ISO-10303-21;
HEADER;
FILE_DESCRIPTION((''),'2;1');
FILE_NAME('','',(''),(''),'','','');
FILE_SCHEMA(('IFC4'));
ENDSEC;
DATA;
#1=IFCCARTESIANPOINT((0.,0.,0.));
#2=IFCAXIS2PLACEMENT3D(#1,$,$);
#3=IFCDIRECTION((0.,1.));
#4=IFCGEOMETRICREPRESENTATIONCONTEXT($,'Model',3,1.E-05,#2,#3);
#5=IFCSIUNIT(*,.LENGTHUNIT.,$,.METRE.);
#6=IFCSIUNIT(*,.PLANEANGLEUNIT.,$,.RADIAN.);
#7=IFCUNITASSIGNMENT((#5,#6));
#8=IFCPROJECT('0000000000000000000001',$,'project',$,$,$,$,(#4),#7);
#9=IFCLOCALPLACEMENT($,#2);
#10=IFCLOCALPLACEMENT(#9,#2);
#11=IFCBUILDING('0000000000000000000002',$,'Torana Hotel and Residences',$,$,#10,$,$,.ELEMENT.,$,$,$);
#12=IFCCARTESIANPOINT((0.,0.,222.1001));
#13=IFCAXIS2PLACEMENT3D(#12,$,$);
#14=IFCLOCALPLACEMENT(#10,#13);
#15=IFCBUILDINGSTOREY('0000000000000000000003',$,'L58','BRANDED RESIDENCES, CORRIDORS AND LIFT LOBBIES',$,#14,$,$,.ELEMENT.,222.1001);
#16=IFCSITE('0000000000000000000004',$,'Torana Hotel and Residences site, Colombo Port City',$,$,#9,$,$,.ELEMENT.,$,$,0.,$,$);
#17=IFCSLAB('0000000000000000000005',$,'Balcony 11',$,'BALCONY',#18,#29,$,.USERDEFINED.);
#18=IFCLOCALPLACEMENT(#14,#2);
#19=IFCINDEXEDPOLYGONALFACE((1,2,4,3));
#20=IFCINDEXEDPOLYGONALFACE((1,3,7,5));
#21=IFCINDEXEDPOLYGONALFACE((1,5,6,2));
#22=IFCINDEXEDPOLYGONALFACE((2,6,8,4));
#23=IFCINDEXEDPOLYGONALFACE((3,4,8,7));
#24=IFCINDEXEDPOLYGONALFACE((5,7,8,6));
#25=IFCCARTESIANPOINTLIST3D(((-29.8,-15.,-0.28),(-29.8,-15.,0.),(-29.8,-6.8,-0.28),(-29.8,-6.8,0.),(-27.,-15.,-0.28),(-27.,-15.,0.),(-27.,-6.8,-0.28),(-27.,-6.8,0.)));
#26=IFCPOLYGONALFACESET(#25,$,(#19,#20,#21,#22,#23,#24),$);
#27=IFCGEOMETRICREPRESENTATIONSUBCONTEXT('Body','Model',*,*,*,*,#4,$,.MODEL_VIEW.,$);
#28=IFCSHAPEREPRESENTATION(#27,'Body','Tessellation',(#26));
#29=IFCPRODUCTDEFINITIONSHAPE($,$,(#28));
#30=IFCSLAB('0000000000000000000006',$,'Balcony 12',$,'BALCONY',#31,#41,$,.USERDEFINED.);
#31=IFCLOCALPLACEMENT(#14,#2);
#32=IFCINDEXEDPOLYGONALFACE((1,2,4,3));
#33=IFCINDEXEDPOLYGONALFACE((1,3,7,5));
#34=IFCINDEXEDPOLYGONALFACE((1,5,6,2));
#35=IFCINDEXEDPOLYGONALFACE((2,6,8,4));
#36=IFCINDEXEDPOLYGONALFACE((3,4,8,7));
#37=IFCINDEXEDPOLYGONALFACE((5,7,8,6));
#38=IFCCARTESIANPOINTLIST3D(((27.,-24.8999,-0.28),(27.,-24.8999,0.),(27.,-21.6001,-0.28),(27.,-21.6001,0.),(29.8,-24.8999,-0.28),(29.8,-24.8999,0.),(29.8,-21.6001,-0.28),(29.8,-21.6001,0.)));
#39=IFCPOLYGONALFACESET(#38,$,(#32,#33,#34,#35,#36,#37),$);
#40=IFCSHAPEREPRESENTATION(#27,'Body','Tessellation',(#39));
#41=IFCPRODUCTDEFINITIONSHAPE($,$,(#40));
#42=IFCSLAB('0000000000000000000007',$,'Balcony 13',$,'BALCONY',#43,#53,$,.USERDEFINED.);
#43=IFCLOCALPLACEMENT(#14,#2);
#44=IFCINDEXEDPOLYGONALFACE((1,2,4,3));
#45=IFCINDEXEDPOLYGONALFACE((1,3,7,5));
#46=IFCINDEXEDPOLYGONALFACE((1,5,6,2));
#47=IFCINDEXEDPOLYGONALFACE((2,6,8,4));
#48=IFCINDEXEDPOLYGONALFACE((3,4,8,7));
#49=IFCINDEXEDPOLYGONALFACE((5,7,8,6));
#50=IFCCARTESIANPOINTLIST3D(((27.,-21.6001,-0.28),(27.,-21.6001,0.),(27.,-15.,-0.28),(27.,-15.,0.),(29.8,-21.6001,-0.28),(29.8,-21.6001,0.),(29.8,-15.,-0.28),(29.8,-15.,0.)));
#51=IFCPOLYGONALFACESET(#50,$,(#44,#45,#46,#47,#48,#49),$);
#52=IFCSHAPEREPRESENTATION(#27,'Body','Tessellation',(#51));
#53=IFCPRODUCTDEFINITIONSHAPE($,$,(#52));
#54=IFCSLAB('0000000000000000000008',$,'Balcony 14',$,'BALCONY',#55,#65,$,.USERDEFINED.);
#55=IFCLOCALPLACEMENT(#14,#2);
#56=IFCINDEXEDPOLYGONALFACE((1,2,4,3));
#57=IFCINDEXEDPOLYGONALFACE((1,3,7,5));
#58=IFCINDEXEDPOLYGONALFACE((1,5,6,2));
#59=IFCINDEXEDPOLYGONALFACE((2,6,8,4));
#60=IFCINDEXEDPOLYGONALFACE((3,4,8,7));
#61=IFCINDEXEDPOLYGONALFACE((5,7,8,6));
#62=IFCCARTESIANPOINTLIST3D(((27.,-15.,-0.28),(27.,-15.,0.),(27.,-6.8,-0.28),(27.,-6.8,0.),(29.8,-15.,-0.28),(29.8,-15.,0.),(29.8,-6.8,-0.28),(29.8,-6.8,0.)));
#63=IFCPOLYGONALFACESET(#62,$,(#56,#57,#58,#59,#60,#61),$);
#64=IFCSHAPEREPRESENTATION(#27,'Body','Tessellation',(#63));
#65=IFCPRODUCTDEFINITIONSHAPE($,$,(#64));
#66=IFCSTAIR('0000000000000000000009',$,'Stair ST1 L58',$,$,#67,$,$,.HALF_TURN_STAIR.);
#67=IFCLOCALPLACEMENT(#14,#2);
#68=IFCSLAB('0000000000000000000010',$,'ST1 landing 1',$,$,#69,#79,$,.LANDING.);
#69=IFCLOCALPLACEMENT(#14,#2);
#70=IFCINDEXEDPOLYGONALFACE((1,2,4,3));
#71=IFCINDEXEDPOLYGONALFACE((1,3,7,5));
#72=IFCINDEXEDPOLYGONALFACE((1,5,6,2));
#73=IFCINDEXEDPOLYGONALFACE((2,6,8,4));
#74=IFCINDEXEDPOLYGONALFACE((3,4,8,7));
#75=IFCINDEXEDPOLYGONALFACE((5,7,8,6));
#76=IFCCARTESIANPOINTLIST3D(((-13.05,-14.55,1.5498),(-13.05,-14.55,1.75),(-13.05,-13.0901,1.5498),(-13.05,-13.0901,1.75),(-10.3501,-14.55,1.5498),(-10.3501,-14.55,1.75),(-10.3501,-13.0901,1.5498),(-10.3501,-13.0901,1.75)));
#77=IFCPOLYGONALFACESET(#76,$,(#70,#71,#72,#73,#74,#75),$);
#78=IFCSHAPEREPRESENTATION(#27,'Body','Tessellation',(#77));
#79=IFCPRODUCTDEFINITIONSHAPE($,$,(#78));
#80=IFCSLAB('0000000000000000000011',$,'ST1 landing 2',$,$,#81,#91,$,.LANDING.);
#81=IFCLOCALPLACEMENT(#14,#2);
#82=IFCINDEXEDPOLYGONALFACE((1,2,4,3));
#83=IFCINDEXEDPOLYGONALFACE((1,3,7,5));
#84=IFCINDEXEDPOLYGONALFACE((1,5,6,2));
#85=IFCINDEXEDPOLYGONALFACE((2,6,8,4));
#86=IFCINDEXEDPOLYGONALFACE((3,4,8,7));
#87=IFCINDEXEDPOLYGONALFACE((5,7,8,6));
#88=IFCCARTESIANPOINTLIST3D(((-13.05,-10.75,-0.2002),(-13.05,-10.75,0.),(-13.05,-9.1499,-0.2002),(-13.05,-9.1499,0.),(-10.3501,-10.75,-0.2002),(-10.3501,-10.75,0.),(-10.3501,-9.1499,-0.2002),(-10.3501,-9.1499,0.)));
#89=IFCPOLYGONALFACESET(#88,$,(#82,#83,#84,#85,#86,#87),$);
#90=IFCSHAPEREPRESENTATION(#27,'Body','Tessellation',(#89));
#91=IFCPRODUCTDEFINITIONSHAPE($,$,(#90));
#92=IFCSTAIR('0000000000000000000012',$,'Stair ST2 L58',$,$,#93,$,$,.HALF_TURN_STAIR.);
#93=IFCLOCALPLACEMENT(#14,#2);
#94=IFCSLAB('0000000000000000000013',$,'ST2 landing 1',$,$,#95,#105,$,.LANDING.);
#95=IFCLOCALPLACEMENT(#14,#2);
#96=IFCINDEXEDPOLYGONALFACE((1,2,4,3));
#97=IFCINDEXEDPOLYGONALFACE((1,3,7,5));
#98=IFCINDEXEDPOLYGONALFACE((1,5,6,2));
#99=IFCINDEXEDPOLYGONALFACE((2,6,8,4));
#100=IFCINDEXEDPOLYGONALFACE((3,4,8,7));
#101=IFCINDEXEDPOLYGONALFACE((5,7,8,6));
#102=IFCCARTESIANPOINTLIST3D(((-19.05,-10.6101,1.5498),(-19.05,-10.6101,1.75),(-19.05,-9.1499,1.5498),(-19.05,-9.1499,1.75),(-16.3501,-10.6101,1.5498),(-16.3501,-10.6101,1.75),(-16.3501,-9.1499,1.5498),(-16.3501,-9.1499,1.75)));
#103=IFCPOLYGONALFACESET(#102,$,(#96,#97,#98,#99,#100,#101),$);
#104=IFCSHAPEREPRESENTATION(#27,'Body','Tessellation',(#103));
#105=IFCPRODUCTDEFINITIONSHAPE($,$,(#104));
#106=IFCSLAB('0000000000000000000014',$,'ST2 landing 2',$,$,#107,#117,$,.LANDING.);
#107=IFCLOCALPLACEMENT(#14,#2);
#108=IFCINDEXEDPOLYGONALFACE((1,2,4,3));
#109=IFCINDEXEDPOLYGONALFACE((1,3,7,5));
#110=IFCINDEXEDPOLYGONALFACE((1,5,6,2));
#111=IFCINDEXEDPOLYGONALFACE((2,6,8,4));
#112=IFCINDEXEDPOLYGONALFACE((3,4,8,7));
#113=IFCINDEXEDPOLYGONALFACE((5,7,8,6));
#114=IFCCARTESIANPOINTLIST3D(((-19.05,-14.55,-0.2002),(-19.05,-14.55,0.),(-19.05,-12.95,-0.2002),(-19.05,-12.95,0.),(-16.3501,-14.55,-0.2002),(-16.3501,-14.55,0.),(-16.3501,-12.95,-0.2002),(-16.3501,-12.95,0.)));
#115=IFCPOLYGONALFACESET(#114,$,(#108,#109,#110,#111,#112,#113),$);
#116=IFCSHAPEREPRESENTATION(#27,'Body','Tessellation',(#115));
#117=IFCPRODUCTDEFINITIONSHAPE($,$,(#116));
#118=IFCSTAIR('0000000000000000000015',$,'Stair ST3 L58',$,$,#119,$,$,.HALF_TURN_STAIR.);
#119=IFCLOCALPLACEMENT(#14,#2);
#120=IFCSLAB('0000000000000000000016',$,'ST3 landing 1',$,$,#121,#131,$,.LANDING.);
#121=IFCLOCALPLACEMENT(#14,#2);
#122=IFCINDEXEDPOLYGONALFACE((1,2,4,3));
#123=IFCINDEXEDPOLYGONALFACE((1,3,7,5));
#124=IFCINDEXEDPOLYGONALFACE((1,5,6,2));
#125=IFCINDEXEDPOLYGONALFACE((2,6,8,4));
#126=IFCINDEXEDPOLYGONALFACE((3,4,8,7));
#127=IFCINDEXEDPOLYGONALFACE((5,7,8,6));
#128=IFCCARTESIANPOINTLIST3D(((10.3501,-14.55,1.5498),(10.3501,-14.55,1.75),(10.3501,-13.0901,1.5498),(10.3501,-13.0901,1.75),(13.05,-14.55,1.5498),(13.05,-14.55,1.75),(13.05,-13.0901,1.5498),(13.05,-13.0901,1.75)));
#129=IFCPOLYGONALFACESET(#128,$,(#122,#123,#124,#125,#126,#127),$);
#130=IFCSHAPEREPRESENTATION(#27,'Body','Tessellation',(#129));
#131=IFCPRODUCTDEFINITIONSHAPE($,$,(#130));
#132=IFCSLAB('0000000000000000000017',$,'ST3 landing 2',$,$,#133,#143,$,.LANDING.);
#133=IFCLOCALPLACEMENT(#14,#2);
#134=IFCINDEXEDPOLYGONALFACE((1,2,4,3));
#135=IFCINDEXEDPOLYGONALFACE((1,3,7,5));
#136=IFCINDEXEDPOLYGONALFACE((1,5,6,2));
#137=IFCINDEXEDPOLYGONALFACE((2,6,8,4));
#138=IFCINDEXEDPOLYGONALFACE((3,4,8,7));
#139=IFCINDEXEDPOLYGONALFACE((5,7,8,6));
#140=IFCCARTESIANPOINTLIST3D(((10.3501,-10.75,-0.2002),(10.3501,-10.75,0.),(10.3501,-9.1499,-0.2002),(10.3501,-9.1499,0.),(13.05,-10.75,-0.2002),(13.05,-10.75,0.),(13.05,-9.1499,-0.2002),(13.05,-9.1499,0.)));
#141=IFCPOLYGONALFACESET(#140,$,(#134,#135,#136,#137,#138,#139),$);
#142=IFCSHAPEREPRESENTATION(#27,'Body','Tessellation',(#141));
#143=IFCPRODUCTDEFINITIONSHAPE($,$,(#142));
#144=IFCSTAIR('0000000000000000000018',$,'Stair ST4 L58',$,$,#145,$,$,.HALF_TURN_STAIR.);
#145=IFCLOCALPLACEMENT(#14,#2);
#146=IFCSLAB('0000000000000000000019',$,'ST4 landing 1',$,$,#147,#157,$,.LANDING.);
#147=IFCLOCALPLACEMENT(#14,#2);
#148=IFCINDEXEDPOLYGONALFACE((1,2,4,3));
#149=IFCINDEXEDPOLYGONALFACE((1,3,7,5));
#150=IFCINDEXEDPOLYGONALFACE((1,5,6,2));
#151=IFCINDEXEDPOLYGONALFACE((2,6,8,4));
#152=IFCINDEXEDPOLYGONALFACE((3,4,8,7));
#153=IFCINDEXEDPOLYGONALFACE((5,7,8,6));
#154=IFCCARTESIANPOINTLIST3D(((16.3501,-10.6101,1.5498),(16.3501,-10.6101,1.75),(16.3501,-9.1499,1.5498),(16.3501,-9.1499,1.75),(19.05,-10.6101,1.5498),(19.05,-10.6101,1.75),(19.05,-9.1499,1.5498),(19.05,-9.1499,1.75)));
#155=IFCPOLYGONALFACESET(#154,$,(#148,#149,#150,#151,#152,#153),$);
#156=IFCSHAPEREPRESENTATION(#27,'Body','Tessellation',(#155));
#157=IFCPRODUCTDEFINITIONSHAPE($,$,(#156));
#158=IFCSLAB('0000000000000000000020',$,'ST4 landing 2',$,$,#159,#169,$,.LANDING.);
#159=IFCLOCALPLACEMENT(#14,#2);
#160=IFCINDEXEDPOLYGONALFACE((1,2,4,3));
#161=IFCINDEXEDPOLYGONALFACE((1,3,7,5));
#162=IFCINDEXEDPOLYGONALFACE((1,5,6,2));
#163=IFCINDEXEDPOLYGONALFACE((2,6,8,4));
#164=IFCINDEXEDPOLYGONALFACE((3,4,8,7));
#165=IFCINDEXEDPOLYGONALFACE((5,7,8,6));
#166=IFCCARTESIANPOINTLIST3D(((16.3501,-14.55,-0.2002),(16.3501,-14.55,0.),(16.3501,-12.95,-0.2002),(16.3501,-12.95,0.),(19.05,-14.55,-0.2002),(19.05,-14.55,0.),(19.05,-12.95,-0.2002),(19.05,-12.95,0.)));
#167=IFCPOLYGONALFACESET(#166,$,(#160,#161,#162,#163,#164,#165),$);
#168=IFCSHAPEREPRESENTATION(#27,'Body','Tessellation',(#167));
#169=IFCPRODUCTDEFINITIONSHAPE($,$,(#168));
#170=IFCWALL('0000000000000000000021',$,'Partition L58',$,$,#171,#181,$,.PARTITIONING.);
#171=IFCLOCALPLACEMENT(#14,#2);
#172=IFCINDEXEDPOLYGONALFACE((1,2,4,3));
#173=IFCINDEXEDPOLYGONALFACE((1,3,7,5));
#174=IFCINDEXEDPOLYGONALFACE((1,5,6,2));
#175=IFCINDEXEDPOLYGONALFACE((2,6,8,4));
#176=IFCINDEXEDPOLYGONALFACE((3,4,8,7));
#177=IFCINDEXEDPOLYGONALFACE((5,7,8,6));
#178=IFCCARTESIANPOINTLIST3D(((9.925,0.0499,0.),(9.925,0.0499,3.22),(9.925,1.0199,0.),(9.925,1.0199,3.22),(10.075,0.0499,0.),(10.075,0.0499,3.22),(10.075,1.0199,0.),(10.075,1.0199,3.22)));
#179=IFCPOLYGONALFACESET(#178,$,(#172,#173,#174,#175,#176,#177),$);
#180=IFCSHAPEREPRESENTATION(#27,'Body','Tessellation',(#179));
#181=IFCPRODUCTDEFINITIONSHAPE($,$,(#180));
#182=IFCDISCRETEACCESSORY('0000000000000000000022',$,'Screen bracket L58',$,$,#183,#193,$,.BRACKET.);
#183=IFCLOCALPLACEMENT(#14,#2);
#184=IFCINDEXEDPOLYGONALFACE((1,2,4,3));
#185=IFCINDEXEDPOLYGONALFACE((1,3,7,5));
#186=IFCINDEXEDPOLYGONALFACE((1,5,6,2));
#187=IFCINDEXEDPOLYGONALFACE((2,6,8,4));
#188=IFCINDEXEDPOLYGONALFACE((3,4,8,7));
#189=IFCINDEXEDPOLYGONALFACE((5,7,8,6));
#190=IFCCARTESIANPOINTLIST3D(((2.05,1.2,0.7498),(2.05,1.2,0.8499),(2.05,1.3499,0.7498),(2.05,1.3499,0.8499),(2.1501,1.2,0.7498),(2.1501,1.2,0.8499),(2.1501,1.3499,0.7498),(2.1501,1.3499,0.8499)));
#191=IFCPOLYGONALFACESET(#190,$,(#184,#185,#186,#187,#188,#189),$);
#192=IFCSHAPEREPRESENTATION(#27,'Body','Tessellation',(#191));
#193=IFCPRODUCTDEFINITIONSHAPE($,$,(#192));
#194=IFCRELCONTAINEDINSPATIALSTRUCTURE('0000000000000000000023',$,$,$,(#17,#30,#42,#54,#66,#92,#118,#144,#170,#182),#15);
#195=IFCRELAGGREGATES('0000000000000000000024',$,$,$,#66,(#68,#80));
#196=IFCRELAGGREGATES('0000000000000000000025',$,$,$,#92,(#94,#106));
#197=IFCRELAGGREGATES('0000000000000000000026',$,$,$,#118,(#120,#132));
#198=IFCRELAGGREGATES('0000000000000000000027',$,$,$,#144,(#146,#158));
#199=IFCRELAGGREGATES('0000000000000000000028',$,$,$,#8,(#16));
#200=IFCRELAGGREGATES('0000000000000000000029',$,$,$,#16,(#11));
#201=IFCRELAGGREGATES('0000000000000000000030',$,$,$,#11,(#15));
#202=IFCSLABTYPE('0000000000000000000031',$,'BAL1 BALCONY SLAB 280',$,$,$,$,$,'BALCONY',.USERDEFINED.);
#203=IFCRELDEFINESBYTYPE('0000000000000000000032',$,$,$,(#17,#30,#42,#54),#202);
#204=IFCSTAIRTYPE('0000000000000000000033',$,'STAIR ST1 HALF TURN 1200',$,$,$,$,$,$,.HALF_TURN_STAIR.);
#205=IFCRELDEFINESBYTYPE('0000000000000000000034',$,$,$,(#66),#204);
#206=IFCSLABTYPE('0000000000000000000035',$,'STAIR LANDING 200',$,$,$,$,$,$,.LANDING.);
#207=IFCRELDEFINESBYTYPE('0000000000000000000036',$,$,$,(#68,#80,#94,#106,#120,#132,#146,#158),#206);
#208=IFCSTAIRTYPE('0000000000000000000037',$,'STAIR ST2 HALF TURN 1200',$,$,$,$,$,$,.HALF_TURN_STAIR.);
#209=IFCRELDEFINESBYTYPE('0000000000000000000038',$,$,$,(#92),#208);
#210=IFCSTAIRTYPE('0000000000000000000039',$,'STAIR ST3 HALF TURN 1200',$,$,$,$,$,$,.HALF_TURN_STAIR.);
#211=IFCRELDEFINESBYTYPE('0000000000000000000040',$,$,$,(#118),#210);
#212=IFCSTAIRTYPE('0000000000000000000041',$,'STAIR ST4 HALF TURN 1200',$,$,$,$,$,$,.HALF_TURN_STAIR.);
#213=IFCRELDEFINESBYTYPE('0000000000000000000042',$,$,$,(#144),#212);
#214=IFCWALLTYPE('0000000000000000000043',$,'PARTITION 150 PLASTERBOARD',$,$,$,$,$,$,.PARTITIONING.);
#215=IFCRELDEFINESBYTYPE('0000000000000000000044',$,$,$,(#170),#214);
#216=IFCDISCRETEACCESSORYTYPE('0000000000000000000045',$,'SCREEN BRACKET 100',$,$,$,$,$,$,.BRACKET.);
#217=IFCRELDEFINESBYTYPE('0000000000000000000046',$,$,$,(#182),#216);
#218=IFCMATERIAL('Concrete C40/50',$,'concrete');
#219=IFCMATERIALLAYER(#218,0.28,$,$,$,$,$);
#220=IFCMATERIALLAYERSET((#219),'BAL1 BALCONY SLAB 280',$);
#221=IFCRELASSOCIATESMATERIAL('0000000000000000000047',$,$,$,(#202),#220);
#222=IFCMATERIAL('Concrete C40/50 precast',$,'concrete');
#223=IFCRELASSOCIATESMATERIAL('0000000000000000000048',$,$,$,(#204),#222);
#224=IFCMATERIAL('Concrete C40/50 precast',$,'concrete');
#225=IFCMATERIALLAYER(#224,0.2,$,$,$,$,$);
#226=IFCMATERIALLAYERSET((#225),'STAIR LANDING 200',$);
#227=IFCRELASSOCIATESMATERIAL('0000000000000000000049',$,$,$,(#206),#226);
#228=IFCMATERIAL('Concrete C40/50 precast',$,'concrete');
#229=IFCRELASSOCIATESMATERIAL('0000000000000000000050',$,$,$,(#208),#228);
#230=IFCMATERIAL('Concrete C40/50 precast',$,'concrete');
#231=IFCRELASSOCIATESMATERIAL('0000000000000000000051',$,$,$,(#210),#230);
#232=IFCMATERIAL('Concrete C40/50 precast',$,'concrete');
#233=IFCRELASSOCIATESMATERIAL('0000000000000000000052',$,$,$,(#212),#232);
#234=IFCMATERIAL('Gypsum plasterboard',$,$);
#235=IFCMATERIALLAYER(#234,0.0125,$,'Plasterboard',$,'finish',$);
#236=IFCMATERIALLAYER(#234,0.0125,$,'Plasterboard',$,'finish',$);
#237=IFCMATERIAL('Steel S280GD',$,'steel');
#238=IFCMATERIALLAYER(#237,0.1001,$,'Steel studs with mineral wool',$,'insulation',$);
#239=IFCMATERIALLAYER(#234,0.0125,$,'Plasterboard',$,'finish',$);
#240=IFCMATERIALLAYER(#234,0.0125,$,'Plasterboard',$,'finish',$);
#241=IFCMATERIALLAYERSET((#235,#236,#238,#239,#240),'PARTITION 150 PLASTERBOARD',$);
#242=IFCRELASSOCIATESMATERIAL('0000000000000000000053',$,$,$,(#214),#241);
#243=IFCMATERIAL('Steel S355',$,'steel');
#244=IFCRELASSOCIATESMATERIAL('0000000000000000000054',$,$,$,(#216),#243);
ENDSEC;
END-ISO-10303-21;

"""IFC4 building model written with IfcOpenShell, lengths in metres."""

from ifc_helpers import new_model, si_unit, direction, frame, frame_2d, origin, origin_2d, place, context, subcontext, project, spatial, polyline, rectangle, outline, extrude, material, layer, layer_set, type_object, element, aggregate, save


model = new_model("IFC4")

# Units and contexts
model_context = context("Model", 3, precision=1e-05, world=origin(), true_north=direction((0.0, 1.0)))
body_context = subcontext(model_context, "Body", "Model", "MODEL_VIEW")
ifc_project = project(units=[si_unit("LENGTHUNIT", "METRE"), si_unit("PLANEANGLEUNIT", "RADIAN")], contexts=[model_context])

# Site, building, storey
site_placement = place(None, origin())
site = spatial("IfcSite", under=ifc_project, at=site_placement, Name="Torana Hotel and Residences site, Colombo Port City", CompositionType="ELEMENT", RefElevation=0.0)
building_placement = place(site_placement, origin())
building = spatial("IfcBuilding", under=site, at=building_placement, Name="Torana Hotel and Residences", CompositionType="ELEMENT")
storey_placement = place(building_placement, frame((0.0, 0.0, 222.1001)))
storey = spatial("IfcBuildingStorey", under=building, at=storey_placement, Name="L58", Description="BRANDED RESIDENCES, CORRIDORS AND LIFT LOBBIES", CompositionType="ELEMENT", Elevation=222.1001)

# Slabs
ifc_material_1 = material(Name="Concrete C40/50", Category="concrete")
ifc_layer_1 = layer(ifc_material_1, 0.28)
ifc_layer_set_1 = layer_set([ifc_layer_1], Name="BAL1 BALCONY SLAB 280")
slab_type_1 = type_object("IfcSlabType", Name="BAL1 BALCONY SLAB 280", ElementType="BALCONY", PredefinedType="USERDEFINED", material=ifc_layer_set_1)
slab_1_placement = place(storey_placement, frame((0.0, 0.0, -0.28)))
element("IfcSlab", 1, at=slab_1_placement, inside=storey, type_object=slab_type_1, Name="Balcony 11", ObjectType="BALCONY", PredefinedType="USERDEFINED", context=body_context, shape_type="SweptSolid", body=[
    extrude(outline(polyline([(-29.8, -15.0), (-27.0, -15.0), (-27.0, -6.8), (-29.8, -6.8), (-29.8, -15.0)])), origin(), (0.0, 0.0, 1.0), 0.28),
])
slab_2_placement = place(storey_placement, frame((0.0, 0.0, -0.28)))
element("IfcSlab", 2, at=slab_2_placement, inside=storey, type_object=slab_type_1, Name="Balcony 12", ObjectType="BALCONY", PredefinedType="USERDEFINED", context=body_context, shape_type="SweptSolid", body=[
    extrude(outline(polyline([(27.0, -24.8999), (29.8, -24.8999), (29.8, -21.6001), (27.0, -21.6001), (27.0, -24.8999)])), origin(), (0.0, 0.0, 1.0), 0.28),
])
slab_3_placement = place(storey_placement, frame((0.0, 0.0, -0.28)))
element("IfcSlab", 3, at=slab_3_placement, inside=storey, type_object=slab_type_1, Name="Balcony 13", ObjectType="BALCONY", PredefinedType="USERDEFINED", context=body_context, shape_type="SweptSolid", body=[
    extrude(outline(polyline([(27.0, -21.6001), (29.8, -21.6001), (29.8, -15.0), (27.0, -15.0), (27.0, -21.6001)])), origin(), (0.0, 0.0, 1.0), 0.28),
])
slab_4_placement = place(storey_placement, frame((0.0, 0.0, -0.28)))
element("IfcSlab", 4, at=slab_4_placement, inside=storey, type_object=slab_type_1, Name="Balcony 14", ObjectType="BALCONY", PredefinedType="USERDEFINED", context=body_context, shape_type="SweptSolid", body=[
    extrude(outline(polyline([(27.0, -15.0), (29.8, -15.0), (29.8, -6.8), (27.0, -6.8), (27.0, -15.0)])), origin(), (0.0, 0.0, 1.0), 0.28),
])

# Stairs, slabs
ifc_material_2 = material(Name="Concrete C40/50 precast", Category="concrete")
stair_type_1 = type_object("IfcStairType", Name="STAIR ST1 HALF TURN 1200", PredefinedType="HALF_TURN_STAIR", material=ifc_material_2)
stair_1_placement = place(storey_placement, origin())
stair_1 = element("IfcStair", 5, at=stair_1_placement, inside=storey, type_object=stair_type_1, Name="Stair ST1 L58", PredefinedType="HALF_TURN_STAIR")
ifc_material_3 = material(Name="Concrete C40/50 precast", Category="concrete")
ifc_layer_2 = layer(ifc_material_3, 0.2)
ifc_layer_set_2 = layer_set([ifc_layer_2], Name="STAIR LANDING 200")
slab_type_2 = type_object("IfcSlabType", Name="STAIR LANDING 200", PredefinedType="LANDING", material=ifc_layer_set_2)
slab_5_placement = place(storey_placement, frame((0.0, 0.0, 1.5498)))
slab_5 = element("IfcSlab", 6, at=slab_5_placement, type_object=slab_type_2, Name="ST1 landing 1", PredefinedType="LANDING", context=body_context, shape_type="SweptSolid", body=[
    extrude(outline(polyline([(-13.05, -14.55), (-10.3501, -14.55), (-10.3501, -13.0901), (-13.05, -13.0901), (-13.05, -14.55)])), origin(), (0.0, 0.0, 1.0), 0.2002),
])
slab_6_placement = place(storey_placement, frame((0.0, 0.0, -0.2002)))
slab_6 = element("IfcSlab", 7, at=slab_6_placement, type_object=slab_type_2, Name="ST1 landing 2", PredefinedType="LANDING", context=body_context, shape_type="SweptSolid", body=[
    extrude(outline(polyline([(-13.05, -10.75), (-10.3501, -10.75), (-10.3501, -9.1499), (-13.05, -9.1499), (-13.05, -10.75)])), origin(), (0.0, 0.0, 1.0), 0.2002),
])
aggregate(stair_1, [slab_5, slab_6])
ifc_material_4 = material(Name="Concrete C40/50 precast", Category="concrete")
stair_type_2 = type_object("IfcStairType", Name="STAIR ST2 HALF TURN 1200", PredefinedType="HALF_TURN_STAIR", material=ifc_material_4)
stair_2_placement = place(storey_placement, origin())
stair_2 = element("IfcStair", 8, at=stair_2_placement, inside=storey, type_object=stair_type_2, Name="Stair ST2 L58", PredefinedType="HALF_TURN_STAIR")
slab_7_placement = place(storey_placement, frame((0.0, 0.0, 1.5498)))
slab_7 = element("IfcSlab", 9, at=slab_7_placement, type_object=slab_type_2, Name="ST2 landing 1", PredefinedType="LANDING", context=body_context, shape_type="SweptSolid", body=[
    extrude(outline(polyline([(-19.05, -10.6101), (-16.3501, -10.6101), (-16.3501, -9.1499), (-19.05, -9.1499), (-19.05, -10.6101)])), origin(), (0.0, 0.0, 1.0), 0.2002),
])
slab_8_placement = place(storey_placement, frame((0.0, 0.0, -0.2002)))
slab_8 = element("IfcSlab", 10, at=slab_8_placement, type_object=slab_type_2, Name="ST2 landing 2", PredefinedType="LANDING", context=body_context, shape_type="SweptSolid", body=[
    extrude(outline(polyline([(-19.05, -14.55), (-16.3501, -14.55), (-16.3501, -12.95), (-19.05, -12.95), (-19.05, -14.55)])), origin(), (0.0, 0.0, 1.0), 0.2002),
])
aggregate(stair_2, [slab_7, slab_8])
ifc_material_5 = material(Name="Concrete C40/50 precast", Category="concrete")
stair_type_3 = type_object("IfcStairType", Name="STAIR ST3 HALF TURN 1200", PredefinedType="HALF_TURN_STAIR", material=ifc_material_5)
stair_3_placement = place(storey_placement, origin())
stair_3 = element("IfcStair", 11, at=stair_3_placement, inside=storey, type_object=stair_type_3, Name="Stair ST3 L58", PredefinedType="HALF_TURN_STAIR")
slab_9_placement = place(storey_placement, frame((0.0, 0.0, 1.5498)))
slab_9 = element("IfcSlab", 12, at=slab_9_placement, type_object=slab_type_2, Name="ST3 landing 1", PredefinedType="LANDING", context=body_context, shape_type="SweptSolid", body=[
    extrude(outline(polyline([(10.3501, -14.55), (13.05, -14.55), (13.05, -13.0901), (10.3501, -13.0901), (10.3501, -14.55)])), origin(), (0.0, 0.0, 1.0), 0.2002),
])
slab_10_placement = place(storey_placement, frame((0.0, 0.0, -0.2002)))
slab_10 = element("IfcSlab", 13, at=slab_10_placement, type_object=slab_type_2, Name="ST3 landing 2", PredefinedType="LANDING", context=body_context, shape_type="SweptSolid", body=[
    extrude(outline(polyline([(10.3501, -10.75), (13.05, -10.75), (13.05, -9.1499), (10.3501, -9.1499), (10.3501, -10.75)])), origin(), (0.0, 0.0, 1.0), 0.2002),
])
aggregate(stair_3, [slab_9, slab_10])
ifc_material_6 = material(Name="Concrete C40/50 precast", Category="concrete")
stair_type_4 = type_object("IfcStairType", Name="STAIR ST4 HALF TURN 1200", PredefinedType="HALF_TURN_STAIR", material=ifc_material_6)
stair_4_placement = place(storey_placement, origin())
stair_4 = element("IfcStair", 14, at=stair_4_placement, inside=storey, type_object=stair_type_4, Name="Stair ST4 L58", PredefinedType="HALF_TURN_STAIR")
slab_11_placement = place(storey_placement, frame((0.0, 0.0, 1.5498)))
slab_11 = element("IfcSlab", 15, at=slab_11_placement, type_object=slab_type_2, Name="ST4 landing 1", PredefinedType="LANDING", context=body_context, shape_type="SweptSolid", body=[
    extrude(outline(polyline([(16.3501, -10.6101), (19.05, -10.6101), (19.05, -9.1499), (16.3501, -9.1499), (16.3501, -10.6101)])), origin(), (0.0, 0.0, 1.0), 0.2002),
])
slab_12_placement = place(storey_placement, frame((0.0, 0.0, -0.2002)))
slab_12 = element("IfcSlab", 16, at=slab_12_placement, type_object=slab_type_2, Name="ST4 landing 2", PredefinedType="LANDING", context=body_context, shape_type="SweptSolid", body=[
    extrude(outline(polyline([(16.3501, -14.55), (19.05, -14.55), (19.05, -12.95), (16.3501, -12.95), (16.3501, -14.55)])), origin(), (0.0, 0.0, 1.0), 0.2002),
])
aggregate(stair_4, [slab_11, slab_12])

# Wall
ifc_material_7 = material(Name="Gypsum plasterboard")
ifc_layer_3 = layer(ifc_material_7, 0.0125, Name="Plasterboard", Category="finish")
ifc_layer_4 = layer(ifc_material_7, 0.0125, Name="Plasterboard", Category="finish")
ifc_material_8 = material(Name="Steel S280GD", Category="steel")
ifc_layer_5 = layer(ifc_material_8, 0.1001, Name="Steel studs with mineral wool", Category="insulation")
ifc_layer_6 = layer(ifc_material_7, 0.0125, Name="Plasterboard", Category="finish")
ifc_layer_7 = layer(ifc_material_7, 0.0125, Name="Plasterboard", Category="finish")
ifc_layer_set_3 = layer_set([ifc_layer_3, ifc_layer_4, ifc_layer_5, ifc_layer_6, ifc_layer_7], Name="PARTITION 150 PLASTERBOARD")
wall_type = type_object("IfcWallType", Name="PARTITION 150 PLASTERBOARD", PredefinedType="PARTITIONING", material=ifc_layer_set_3)
wall_placement = place(storey_placement, frame((10.0, 0.05, 0.0), z_axis=(0.0, 0.0, 1.0), x_axis=(0.0, 1.0, 0.0)))
element("IfcWall", 17, at=wall_placement, inside=storey, type_object=wall_type, Name="Partition L58", PredefinedType="PARTITIONING", context=body_context, shape_type="SweptSolid", body=[
    extrude(rectangle(XDim=0.97, YDim=0.1499, at=frame_2d((0.4849, 0.0))), origin(), (0.0, 0.0, 1.0), 3.22),
])

# Discrete accessory
ifc_material_9 = material(Name="Steel S355", Category="steel")
discrete_accessory_type = type_object("IfcDiscreteAccessoryType", Name="SCREEN BRACKET 100", PredefinedType="BRACKET", material=ifc_material_9)
for number, where, z_axis, x_axis, name in (
    (18, (2.1001, 1.2749, 0.7498), (0.0, 0.0, 1.0), (-1.0, 0.0, 0.0), "Screen bracket L58"),
):
    element("IfcDiscreteAccessory", number, at=place(storey_placement, frame(where, z_axis=z_axis, x_axis=x_axis)), inside=storey, type_object=discrete_accessory_type, Name=name, PredefinedType="BRACKET", context=body_context, shape_type="SweptSolid", body=[
        extrude(rectangle(XDim=0.1001, YDim=0.1499, at=origin_2d()), origin(), (0.0, 0.0, 1.0), 0.1001),
    ])

save(model, "model.ifc")
